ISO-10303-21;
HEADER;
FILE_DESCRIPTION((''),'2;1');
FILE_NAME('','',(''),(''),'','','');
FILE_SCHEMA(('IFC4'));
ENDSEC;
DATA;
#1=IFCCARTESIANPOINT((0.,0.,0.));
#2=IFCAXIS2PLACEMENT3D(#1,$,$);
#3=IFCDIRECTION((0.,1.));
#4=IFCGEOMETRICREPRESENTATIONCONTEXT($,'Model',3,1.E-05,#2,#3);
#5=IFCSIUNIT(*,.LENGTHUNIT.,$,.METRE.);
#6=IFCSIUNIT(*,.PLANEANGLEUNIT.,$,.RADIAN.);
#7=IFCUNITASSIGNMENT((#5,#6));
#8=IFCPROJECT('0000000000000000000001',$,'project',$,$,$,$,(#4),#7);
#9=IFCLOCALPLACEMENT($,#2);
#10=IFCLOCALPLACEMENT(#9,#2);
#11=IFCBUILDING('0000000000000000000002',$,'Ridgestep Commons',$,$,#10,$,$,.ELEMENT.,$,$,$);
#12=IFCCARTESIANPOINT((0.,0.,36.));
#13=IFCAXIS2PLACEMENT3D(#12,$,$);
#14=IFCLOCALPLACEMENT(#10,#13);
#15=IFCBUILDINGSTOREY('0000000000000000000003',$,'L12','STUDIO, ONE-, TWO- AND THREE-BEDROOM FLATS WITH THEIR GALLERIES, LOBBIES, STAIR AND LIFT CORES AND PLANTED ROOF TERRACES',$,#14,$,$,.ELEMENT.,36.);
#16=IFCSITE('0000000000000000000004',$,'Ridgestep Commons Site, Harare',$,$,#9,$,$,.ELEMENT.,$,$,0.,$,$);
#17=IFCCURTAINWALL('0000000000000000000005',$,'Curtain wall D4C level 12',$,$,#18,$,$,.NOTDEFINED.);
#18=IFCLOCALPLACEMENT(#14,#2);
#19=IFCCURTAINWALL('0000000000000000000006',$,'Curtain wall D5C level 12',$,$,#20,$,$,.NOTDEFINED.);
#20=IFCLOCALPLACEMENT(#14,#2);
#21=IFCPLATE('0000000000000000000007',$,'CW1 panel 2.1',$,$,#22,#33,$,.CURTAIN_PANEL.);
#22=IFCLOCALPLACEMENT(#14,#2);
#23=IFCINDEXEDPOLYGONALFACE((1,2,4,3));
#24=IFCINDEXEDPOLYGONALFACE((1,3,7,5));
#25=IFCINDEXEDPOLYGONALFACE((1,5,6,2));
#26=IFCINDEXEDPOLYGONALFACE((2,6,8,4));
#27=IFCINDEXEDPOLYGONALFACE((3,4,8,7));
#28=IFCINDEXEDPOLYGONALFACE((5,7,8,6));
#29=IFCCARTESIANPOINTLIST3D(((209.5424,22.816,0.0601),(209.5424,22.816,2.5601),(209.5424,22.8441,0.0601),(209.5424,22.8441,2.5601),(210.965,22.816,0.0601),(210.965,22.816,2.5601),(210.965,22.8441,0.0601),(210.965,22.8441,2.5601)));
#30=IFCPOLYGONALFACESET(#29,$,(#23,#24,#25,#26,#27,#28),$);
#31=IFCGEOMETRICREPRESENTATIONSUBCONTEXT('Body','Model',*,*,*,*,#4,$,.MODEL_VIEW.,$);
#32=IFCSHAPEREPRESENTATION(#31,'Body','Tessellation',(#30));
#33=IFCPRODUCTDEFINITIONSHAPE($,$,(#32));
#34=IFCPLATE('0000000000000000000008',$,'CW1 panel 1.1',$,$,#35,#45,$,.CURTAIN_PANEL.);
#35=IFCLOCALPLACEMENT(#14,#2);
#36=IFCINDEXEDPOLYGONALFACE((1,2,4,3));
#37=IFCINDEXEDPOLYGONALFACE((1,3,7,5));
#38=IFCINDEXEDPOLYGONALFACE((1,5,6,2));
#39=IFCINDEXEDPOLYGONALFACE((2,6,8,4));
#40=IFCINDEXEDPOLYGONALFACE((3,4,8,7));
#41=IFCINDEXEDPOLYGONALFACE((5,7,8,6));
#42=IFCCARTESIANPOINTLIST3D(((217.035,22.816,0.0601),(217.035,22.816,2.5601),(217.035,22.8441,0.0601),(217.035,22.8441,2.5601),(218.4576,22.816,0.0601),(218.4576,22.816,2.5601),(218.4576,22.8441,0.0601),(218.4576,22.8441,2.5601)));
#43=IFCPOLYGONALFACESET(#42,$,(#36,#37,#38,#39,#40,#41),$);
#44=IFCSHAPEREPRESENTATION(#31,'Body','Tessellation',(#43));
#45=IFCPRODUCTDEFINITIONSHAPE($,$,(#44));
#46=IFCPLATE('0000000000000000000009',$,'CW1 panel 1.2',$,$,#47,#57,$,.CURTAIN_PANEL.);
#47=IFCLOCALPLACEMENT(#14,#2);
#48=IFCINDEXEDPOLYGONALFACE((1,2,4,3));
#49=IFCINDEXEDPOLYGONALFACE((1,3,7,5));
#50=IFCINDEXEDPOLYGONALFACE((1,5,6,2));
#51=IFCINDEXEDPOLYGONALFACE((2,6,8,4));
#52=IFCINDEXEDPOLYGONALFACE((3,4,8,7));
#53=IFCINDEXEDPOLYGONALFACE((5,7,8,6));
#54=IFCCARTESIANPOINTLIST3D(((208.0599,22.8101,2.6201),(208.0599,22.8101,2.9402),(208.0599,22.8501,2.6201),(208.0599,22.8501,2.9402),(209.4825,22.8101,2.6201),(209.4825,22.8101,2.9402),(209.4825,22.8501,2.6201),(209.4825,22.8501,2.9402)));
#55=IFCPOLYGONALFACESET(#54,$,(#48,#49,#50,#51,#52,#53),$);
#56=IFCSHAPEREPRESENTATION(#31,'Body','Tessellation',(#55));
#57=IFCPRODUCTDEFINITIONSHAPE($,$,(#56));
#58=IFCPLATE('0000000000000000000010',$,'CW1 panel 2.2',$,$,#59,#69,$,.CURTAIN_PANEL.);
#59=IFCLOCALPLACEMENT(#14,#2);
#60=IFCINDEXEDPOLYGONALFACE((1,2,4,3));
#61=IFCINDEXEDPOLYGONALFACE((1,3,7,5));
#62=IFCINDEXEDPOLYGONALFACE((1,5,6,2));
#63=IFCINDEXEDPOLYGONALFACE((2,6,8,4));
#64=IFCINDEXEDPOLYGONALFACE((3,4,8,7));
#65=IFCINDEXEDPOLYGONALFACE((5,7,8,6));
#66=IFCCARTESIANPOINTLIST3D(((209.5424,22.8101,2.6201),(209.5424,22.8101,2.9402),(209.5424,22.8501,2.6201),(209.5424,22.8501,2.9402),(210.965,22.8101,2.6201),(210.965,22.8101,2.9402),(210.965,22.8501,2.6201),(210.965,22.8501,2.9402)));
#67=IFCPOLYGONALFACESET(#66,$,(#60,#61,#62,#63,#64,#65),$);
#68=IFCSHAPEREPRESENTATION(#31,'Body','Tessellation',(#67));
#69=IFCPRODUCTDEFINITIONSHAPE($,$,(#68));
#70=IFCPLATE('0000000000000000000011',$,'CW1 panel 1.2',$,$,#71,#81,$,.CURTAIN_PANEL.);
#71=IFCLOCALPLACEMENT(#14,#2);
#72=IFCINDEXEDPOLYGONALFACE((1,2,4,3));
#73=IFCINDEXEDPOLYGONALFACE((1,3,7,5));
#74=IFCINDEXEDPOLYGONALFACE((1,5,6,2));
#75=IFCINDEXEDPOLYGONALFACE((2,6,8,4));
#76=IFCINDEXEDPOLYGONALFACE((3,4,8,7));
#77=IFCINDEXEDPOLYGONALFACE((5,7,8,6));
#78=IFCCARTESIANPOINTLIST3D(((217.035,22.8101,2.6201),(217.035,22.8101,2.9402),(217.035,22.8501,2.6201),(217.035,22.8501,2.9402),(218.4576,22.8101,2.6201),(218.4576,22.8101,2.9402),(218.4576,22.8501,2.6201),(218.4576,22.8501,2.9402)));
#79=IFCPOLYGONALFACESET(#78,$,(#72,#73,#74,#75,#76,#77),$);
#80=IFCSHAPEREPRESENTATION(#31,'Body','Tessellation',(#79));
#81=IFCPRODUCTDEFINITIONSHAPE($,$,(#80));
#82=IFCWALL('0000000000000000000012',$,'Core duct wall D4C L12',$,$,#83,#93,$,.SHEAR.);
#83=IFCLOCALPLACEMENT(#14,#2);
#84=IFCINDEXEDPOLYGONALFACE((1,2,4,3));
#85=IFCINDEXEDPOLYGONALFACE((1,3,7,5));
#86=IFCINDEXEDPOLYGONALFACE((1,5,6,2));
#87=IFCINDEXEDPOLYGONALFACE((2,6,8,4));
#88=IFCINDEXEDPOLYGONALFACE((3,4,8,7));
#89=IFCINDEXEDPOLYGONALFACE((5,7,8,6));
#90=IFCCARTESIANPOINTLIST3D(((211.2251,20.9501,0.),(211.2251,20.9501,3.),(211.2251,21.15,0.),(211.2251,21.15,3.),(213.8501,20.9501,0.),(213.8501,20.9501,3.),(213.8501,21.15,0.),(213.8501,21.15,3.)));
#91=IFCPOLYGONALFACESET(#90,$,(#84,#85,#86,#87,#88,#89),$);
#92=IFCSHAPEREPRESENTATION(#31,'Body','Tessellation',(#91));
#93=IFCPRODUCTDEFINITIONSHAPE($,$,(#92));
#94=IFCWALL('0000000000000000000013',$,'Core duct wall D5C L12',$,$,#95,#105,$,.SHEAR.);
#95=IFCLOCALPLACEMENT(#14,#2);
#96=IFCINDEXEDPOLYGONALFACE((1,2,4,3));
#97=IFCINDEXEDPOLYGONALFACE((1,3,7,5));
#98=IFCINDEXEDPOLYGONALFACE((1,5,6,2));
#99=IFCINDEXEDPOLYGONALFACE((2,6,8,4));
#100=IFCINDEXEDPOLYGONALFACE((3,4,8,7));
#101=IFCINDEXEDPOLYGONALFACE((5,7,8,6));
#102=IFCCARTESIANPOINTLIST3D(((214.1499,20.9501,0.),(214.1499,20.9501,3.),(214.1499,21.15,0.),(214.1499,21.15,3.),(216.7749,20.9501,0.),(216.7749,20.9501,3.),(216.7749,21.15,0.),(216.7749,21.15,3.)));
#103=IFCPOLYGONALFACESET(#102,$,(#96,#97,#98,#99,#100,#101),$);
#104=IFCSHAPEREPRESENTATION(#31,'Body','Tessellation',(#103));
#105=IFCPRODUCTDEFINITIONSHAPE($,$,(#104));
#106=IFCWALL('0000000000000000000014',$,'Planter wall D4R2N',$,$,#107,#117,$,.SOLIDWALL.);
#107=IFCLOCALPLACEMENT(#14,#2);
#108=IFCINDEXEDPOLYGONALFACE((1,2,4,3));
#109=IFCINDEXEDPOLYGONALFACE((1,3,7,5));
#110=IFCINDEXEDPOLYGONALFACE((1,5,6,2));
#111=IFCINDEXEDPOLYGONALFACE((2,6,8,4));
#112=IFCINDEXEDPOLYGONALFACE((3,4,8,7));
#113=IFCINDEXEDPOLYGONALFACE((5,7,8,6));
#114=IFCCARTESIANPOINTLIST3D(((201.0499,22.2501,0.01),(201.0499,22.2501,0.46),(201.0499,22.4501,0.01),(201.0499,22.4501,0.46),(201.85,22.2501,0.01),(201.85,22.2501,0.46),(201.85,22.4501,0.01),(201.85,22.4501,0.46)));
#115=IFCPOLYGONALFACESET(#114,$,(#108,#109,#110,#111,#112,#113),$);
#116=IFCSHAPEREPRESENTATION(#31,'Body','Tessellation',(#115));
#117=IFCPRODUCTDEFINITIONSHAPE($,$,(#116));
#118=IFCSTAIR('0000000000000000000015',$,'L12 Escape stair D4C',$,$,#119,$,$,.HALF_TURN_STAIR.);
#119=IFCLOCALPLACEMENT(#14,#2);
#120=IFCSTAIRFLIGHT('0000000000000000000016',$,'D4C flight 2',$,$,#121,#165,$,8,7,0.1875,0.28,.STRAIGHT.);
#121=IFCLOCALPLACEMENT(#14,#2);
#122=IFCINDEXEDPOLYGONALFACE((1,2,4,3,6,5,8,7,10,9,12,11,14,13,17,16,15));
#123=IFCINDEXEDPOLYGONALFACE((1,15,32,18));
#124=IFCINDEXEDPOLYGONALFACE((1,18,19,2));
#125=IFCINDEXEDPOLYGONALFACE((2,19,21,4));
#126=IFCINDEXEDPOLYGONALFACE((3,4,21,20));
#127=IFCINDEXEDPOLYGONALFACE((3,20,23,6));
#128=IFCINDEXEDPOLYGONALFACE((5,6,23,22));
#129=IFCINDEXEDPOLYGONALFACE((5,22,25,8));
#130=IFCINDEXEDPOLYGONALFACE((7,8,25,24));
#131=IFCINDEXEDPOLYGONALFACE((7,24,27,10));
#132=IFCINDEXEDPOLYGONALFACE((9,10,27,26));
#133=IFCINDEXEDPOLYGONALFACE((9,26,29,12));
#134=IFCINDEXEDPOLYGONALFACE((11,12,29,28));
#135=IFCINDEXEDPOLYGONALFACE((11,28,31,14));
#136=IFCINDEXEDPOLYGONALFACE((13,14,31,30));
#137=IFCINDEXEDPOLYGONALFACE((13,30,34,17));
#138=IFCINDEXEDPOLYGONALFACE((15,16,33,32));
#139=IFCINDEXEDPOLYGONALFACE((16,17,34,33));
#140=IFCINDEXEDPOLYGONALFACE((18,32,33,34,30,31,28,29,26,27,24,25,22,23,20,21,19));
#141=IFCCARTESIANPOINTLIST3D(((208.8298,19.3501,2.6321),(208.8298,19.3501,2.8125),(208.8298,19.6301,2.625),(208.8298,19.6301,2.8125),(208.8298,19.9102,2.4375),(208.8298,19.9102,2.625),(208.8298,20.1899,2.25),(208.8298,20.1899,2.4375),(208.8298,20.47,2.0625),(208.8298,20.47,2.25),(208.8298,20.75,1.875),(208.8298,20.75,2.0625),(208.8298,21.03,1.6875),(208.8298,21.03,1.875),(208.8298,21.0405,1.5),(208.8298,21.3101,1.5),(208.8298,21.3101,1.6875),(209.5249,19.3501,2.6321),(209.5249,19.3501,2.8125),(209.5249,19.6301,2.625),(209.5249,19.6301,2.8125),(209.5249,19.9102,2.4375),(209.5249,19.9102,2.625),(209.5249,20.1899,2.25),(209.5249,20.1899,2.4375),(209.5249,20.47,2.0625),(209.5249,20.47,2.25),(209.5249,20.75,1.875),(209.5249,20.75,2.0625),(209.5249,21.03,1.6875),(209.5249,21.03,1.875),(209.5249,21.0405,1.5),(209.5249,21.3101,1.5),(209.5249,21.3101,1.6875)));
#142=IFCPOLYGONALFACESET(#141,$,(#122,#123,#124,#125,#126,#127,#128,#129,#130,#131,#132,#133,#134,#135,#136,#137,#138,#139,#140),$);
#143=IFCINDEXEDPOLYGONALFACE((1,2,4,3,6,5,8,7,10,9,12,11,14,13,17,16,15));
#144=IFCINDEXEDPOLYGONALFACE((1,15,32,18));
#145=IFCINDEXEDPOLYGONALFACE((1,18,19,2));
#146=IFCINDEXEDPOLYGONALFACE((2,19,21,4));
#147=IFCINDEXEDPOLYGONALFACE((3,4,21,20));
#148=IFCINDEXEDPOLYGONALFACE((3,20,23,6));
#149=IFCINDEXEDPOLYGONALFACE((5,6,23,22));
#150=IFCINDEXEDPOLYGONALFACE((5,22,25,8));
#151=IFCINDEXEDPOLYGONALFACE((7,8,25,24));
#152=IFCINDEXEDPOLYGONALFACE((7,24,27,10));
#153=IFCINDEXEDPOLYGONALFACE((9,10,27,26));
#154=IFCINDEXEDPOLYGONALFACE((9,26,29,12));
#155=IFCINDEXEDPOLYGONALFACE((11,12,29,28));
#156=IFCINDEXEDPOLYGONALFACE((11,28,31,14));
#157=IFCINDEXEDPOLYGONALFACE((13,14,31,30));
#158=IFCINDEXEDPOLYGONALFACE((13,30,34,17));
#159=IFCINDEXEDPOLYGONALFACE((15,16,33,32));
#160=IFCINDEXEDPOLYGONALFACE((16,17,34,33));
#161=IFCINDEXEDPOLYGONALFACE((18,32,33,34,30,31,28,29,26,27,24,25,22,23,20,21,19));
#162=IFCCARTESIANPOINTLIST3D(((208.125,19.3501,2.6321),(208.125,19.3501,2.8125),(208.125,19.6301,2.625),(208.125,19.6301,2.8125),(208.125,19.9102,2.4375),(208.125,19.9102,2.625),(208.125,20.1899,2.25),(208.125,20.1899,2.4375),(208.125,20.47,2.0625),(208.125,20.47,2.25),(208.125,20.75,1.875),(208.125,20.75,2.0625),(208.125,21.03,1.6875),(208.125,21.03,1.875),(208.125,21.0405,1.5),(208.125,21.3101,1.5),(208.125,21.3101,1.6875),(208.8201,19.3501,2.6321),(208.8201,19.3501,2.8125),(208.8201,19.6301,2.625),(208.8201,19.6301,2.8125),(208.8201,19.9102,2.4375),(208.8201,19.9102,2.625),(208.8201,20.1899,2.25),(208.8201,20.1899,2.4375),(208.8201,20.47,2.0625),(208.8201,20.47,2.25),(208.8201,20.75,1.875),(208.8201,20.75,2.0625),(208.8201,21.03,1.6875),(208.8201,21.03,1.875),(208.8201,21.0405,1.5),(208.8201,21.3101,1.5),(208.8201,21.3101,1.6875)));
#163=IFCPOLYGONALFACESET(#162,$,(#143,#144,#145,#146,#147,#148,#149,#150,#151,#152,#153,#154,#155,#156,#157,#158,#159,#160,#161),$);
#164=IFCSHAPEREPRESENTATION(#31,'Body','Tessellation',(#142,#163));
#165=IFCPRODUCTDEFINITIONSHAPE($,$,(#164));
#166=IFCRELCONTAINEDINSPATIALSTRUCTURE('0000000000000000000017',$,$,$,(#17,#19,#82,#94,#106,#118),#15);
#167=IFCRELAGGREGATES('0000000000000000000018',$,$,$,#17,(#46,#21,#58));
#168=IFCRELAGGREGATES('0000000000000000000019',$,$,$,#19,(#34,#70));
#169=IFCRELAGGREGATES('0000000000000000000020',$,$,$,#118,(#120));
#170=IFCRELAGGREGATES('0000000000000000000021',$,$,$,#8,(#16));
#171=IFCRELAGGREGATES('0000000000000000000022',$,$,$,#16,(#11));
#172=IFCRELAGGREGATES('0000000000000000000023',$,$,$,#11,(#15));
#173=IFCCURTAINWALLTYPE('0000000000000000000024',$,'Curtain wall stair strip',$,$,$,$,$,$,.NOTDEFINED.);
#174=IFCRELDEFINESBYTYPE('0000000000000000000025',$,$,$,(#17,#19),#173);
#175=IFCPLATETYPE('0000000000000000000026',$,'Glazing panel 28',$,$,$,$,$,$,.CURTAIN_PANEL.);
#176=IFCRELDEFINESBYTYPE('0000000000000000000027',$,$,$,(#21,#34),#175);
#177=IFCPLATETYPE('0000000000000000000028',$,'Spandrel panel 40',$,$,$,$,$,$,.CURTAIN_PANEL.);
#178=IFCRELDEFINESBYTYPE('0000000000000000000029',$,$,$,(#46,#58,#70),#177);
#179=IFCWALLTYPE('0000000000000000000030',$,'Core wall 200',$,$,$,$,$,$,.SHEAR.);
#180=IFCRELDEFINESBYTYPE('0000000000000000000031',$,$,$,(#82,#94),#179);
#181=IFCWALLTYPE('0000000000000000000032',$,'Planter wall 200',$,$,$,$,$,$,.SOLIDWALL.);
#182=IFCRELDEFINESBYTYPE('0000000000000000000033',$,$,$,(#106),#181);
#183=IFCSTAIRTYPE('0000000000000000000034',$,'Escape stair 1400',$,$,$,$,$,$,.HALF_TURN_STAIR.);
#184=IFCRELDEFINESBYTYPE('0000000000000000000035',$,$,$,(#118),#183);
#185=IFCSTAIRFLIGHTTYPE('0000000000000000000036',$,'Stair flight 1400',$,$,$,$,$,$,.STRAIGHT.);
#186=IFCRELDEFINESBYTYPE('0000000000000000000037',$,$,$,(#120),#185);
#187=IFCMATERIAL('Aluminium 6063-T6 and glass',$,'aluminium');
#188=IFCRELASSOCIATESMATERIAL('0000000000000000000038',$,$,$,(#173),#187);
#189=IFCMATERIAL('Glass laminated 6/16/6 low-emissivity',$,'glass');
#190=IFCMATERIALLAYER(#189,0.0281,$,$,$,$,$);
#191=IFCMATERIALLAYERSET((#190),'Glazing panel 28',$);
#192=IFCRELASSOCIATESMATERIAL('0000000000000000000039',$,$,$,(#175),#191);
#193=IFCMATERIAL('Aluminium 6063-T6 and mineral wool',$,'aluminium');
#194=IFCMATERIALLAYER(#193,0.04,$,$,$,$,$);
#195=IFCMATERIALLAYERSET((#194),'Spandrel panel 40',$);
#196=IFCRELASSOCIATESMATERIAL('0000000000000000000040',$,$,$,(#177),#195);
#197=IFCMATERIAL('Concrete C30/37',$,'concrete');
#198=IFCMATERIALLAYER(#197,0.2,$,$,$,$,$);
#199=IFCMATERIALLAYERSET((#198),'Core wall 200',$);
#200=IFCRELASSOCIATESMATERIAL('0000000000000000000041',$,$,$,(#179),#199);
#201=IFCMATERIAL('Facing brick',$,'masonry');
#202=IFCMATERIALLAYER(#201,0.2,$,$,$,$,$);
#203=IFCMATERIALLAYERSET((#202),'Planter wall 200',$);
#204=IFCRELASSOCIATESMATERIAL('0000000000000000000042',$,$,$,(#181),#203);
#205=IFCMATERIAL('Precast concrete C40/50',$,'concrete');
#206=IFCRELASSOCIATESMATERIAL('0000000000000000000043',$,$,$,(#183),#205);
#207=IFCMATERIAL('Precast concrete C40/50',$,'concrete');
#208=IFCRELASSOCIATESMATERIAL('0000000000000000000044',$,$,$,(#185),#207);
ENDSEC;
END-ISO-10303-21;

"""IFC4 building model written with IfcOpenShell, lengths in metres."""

from ifc_helpers import new_model, si_unit, direction, frame, frame_2d, origin, origin_2d, place, context, subcontext, project, spatial, polyline, rectangle, outline, extrude, material, layer, layer_set, type_object, element, aggregate, save


model = new_model("IFC4")

# Units and contexts
model_context = context("Model", 3, precision=1e-05, world=origin(), true_north=direction((0.0, 1.0)))
body_context = subcontext(model_context, "Body", "Model", "MODEL_VIEW")
ifc_project = project(units=[si_unit("LENGTHUNIT", "METRE"), si_unit("PLANEANGLEUNIT", "RADIAN")], contexts=[model_context])

# Site, building, storey
site_placement = place(None, origin())
site = spatial("IfcSite", under=ifc_project, at=site_placement, Name="Ridgestep Commons Site, Harare", CompositionType="ELEMENT", RefElevation=0.0)
building_placement = place(site_placement, origin())
building = spatial("IfcBuilding", under=site, at=building_placement, Name="Ridgestep Commons", CompositionType="ELEMENT")
storey_placement = place(building_placement, frame((0.0, 0.0, 36.0)))
storey = spatial("IfcBuildingStorey", under=building, at=storey_placement, Name="L12", Description="STUDIO, ONE-, TWO- AND THREE-BEDROOM FLATS WITH THEIR GALLERIES, LOBBIES, STAIR AND LIFT CORES AND PLANTED ROOF TERRACES", CompositionType="ELEMENT", Elevation=36.0)

# Curtain wall
ifc_material_1 = material(Name="Aluminium 6063-T6 and glass", Category="aluminium")
curtain_wall_type = type_object("IfcCurtainWallType", Name="Curtain wall stair strip", PredefinedType="NOTDEFINED", material=ifc_material_1)
curtain_wall_1_placement = place(storey_placement, origin())
curtain_wall_1 = element("IfcCurtainWall", 1, at=curtain_wall_1_placement, inside=storey, type_object=curtain_wall_type, Name="Curtain wall D4C level 12", PredefinedType="NOTDEFINED")

# Curtain wall
curtain_wall_2_placement = place(storey_placement, origin())
curtain_wall_2 = element("IfcCurtainWall", 2, at=curtain_wall_2_placement, inside=storey, type_object=curtain_wall_type, Name="Curtain wall D5C level 12", PredefinedType="NOTDEFINED")

# Plates
ifc_material_2 = material(Name="Glass laminated 6/16/6 low-emissivity", Category="glass")
ifc_layer_1 = layer(ifc_material_2, 0.0281)
ifc_layer_set_1 = layer_set([ifc_layer_1], Name="Glazing panel 28")
plate_type_1 = type_object("IfcPlateType", Name="Glazing panel 28", PredefinedType="CURTAIN_PANEL", material=ifc_layer_set_1)
plate_1_placement = place(storey_placement, frame((210.2537, 22.8301, 0.0601), z_axis=(0.0, 0.0, 1.0), x_axis=(1.0, 0.0, 0.0)))
plate_1 = element("IfcPlate", 3, at=plate_1_placement, type_object=plate_type_1, Name="CW1 panel 2.1", PredefinedType="CURTAIN_PANEL", context=body_context, shape_type="SweptSolid", body=[
    extrude(rectangle(XDim=1.4226, YDim=0.0281, at=origin_2d()), origin(), (0.0, 0.0, 1.0), 2.5),
])
plate_2_placement = place(storey_placement, frame((217.7463, 22.8301, 0.0601), z_axis=(0.0, 0.0, 1.0), x_axis=(1.0, 0.0, 0.0)))
plate_2 = element("IfcPlate", 4, at=plate_2_placement, type_object=plate_type_1, Name="CW1 panel 1.1", PredefinedType="CURTAIN_PANEL", context=body_context, shape_type="SweptSolid", body=[
    extrude(rectangle(XDim=1.4226, YDim=0.0281, at=origin_2d()), origin(), (0.0, 0.0, 1.0), 2.5),
])
ifc_material_3 = material(Name="Aluminium 6063-T6 and mineral wool", Category="aluminium")
ifc_layer_2 = layer(ifc_material_3, 0.04)
ifc_layer_set_2 = layer_set([ifc_layer_2], Name="Spandrel panel 40")
plate_type_2 = type_object("IfcPlateType", Name="Spandrel panel 40", PredefinedType="CURTAIN_PANEL", material=ifc_layer_set_2)
plate_3_placement = place(storey_placement, frame((208.7712, 22.8301, 2.6201), z_axis=(0.0, 0.0, 1.0), x_axis=(1.0, 0.0, 0.0)))
plate_3 = element("IfcPlate", 5, at=plate_3_placement, type_object=plate_type_2, Name="CW1 panel 1.2", PredefinedType="CURTAIN_PANEL", context=body_context, shape_type="SweptSolid", body=[
    extrude(rectangle(XDim=1.4226, YDim=0.04, at=origin_2d()), origin(), (0.0, 0.0, 1.0), 0.3201),
])
plate_4_placement = place(storey_placement, frame((210.2537, 22.8301, 2.6201), z_axis=(0.0, 0.0, 1.0), x_axis=(1.0, 0.0, 0.0)))
plate_4 = element("IfcPlate", 6, at=plate_4_placement, type_object=plate_type_2, Name="CW1 panel 2.2", PredefinedType="CURTAIN_PANEL", context=body_context, shape_type="SweptSolid", body=[
    extrude(rectangle(XDim=1.4226, YDim=0.04, at=origin_2d()), origin(), (0.0, 0.0, 1.0), 0.3201),
])
aggregate(curtain_wall_1, [plate_3, plate_1, plate_4])
plate_5_placement = place(storey_placement, frame((217.7463, 22.8301, 2.6201), z_axis=(0.0, 0.0, 1.0), x_axis=(1.0, 0.0, 0.0)))
plate_5 = element("IfcPlate", 7, at=plate_5_placement, type_object=plate_type_2, Name="CW1 panel 1.2", PredefinedType="CURTAIN_PANEL", context=body_context, shape_type="SweptSolid", body=[
    extrude(rectangle(XDim=1.4226, YDim=0.04, at=origin_2d()), origin(), (0.0, 0.0, 1.0), 0.3201),
])
aggregate(curtain_wall_2, [plate_2, plate_5])

# Walls
ifc_material_4 = material(Name="Concrete C30/37", Category="concrete")
ifc_layer_3 = layer(ifc_material_4, 0.2)
ifc_layer_set_3 = layer_set([ifc_layer_3], Name="Core wall 200")
wall_type_1 = type_object("IfcWallType", Name="Core wall 200", PredefinedType="SHEAR", material=ifc_layer_set_3)
for number, where, z_axis, x_axis, name in (
    (8, (211.2251, 21.05, 0.0), (0.0, 0.0, 1.0), (1.0, 0.0, 0.0), "Core duct wall D4C L12"),
    (9, (214.1499, 21.05, 0.0), (0.0, 0.0, 1.0), (1.0, 0.0, 0.0), "Core duct wall D5C L12"),
):
    element("IfcWall", number, at=place(storey_placement, frame(where, z_axis=z_axis, x_axis=x_axis)), inside=storey, type_object=wall_type_1, Name=name, PredefinedType="SHEAR", context=body_context, shape_type="SweptSolid", body=[
        extrude(rectangle(XDim=2.625, YDim=0.2, at=frame_2d((1.3125, 0.0))), origin(), (0.0, 0.0, 1.0), 3.0),
    ])
ifc_material_5 = material(Name="Facing brick", Category="masonry")
ifc_layer_4 = layer(ifc_material_5, 0.2)
ifc_layer_set_4 = layer_set([ifc_layer_4], Name="Planter wall 200")
wall_type_2 = type_object("IfcWallType", Name="Planter wall 200", PredefinedType="SOLIDWALL", material=ifc_layer_set_4)
wall_placement = place(storey_placement, frame((201.05, 22.3501, 0.01), z_axis=(0.0, 0.0, 1.0), x_axis=(1.0, 0.0, 0.0)))
element("IfcWall", 10, at=wall_placement, inside=storey, type_object=wall_type_2, Name="Planter wall D4R2N", PredefinedType="SOLIDWALL", context=body_context, shape_type="SweptSolid", body=[
    extrude(rectangle(XDim=0.8, YDim=0.2, at=frame_2d((0.3999, 0.0))), origin(), (0.0, 0.0, 1.0), 0.45),
])

# Stair, stair flight
ifc_material_6 = material(Name="Precast concrete C40/50", Category="concrete")
stair_type = type_object("IfcStairType", Name="Escape stair 1400", PredefinedType="HALF_TURN_STAIR", material=ifc_material_6)
stair_1_placement = place(storey_placement, origin())
stair_1 = element("IfcStair", 11, at=stair_1_placement, inside=storey, type_object=stair_type, Name="L12 Escape stair D4C", PredefinedType="HALF_TURN_STAIR")
ifc_material_7 = material(Name="Precast concrete C40/50", Category="concrete")
stair_flight_type = type_object("IfcStairFlightType", Name="Stair flight 1400", PredefinedType="STRAIGHT", material=ifc_material_7)
stair_flight_1_placement = place(storey_placement, frame((208.825, 21.3101, 1.5), z_axis=(0.0, 0.0, 1.0), x_axis=(0.0, -1.0, 0.0)))
stair_flight_1 = element("IfcStairFlight", 12, at=stair_flight_1_placement, type_object=stair_flight_type, Name="D4C flight 2", NumberOfRisers=8, NumberOfTreads=7, PredefinedType="STRAIGHT", RiserHeight=0.1875, TreadLength=0.28, context=body_context, shape_type="SweptSolid", body=[
    extrude(outline(polyline([(0.0, 0.0), (0.0, 0.1875), (0.28, 0.1875), (0.28, 0.375), (0.5601, 0.375), (0.5601, 0.5625), (0.8401, 0.5625), (0.8401, 0.75), (1.1201, 0.75), (1.1201, 0.9375), (1.3999, 0.9375), (1.3999, 1.125), (1.6799, 1.125), (1.6799, 1.3125), (1.96, 1.3125), (1.96, 1.5), (1.96, 1.1321), (0.2695, 0.0), (0.0, 0.0)])), frame((0.0, 0.7, 0.0), z_axis=(0.0, -1.0, 0.0), x_axis=(1.0, 0.0, 0.0)), (0.0, 0.0, 1.0), 0.6951),
    extrude(outline(polyline([(0.0, 0.0), (0.0, 0.1875), (0.28, 0.1875), (0.28, 0.375), (0.5601, 0.375), (0.5601, 0.5625), (0.8401, 0.5625), (0.8401, 0.75), (1.1201, 0.75), (1.1201, 0.9375), (1.3999, 0.9375), (1.3999, 1.125), (1.6799, 1.125), (1.6799, 1.3125), (1.96, 1.3125), (1.96, 1.5), (1.96, 1.1321), (0.2695, 0.0), (0.0, 0.0)])), frame((0.0, -0.0049, 0.0), z_axis=(0.0, -1.0, 0.0), x_axis=(1.0, 0.0, 0.0)), (0.0, 0.0, 1.0), 0.6951),
])
aggregate(stair_1, [stair_flight_1])

save(model, "model.ifc")
